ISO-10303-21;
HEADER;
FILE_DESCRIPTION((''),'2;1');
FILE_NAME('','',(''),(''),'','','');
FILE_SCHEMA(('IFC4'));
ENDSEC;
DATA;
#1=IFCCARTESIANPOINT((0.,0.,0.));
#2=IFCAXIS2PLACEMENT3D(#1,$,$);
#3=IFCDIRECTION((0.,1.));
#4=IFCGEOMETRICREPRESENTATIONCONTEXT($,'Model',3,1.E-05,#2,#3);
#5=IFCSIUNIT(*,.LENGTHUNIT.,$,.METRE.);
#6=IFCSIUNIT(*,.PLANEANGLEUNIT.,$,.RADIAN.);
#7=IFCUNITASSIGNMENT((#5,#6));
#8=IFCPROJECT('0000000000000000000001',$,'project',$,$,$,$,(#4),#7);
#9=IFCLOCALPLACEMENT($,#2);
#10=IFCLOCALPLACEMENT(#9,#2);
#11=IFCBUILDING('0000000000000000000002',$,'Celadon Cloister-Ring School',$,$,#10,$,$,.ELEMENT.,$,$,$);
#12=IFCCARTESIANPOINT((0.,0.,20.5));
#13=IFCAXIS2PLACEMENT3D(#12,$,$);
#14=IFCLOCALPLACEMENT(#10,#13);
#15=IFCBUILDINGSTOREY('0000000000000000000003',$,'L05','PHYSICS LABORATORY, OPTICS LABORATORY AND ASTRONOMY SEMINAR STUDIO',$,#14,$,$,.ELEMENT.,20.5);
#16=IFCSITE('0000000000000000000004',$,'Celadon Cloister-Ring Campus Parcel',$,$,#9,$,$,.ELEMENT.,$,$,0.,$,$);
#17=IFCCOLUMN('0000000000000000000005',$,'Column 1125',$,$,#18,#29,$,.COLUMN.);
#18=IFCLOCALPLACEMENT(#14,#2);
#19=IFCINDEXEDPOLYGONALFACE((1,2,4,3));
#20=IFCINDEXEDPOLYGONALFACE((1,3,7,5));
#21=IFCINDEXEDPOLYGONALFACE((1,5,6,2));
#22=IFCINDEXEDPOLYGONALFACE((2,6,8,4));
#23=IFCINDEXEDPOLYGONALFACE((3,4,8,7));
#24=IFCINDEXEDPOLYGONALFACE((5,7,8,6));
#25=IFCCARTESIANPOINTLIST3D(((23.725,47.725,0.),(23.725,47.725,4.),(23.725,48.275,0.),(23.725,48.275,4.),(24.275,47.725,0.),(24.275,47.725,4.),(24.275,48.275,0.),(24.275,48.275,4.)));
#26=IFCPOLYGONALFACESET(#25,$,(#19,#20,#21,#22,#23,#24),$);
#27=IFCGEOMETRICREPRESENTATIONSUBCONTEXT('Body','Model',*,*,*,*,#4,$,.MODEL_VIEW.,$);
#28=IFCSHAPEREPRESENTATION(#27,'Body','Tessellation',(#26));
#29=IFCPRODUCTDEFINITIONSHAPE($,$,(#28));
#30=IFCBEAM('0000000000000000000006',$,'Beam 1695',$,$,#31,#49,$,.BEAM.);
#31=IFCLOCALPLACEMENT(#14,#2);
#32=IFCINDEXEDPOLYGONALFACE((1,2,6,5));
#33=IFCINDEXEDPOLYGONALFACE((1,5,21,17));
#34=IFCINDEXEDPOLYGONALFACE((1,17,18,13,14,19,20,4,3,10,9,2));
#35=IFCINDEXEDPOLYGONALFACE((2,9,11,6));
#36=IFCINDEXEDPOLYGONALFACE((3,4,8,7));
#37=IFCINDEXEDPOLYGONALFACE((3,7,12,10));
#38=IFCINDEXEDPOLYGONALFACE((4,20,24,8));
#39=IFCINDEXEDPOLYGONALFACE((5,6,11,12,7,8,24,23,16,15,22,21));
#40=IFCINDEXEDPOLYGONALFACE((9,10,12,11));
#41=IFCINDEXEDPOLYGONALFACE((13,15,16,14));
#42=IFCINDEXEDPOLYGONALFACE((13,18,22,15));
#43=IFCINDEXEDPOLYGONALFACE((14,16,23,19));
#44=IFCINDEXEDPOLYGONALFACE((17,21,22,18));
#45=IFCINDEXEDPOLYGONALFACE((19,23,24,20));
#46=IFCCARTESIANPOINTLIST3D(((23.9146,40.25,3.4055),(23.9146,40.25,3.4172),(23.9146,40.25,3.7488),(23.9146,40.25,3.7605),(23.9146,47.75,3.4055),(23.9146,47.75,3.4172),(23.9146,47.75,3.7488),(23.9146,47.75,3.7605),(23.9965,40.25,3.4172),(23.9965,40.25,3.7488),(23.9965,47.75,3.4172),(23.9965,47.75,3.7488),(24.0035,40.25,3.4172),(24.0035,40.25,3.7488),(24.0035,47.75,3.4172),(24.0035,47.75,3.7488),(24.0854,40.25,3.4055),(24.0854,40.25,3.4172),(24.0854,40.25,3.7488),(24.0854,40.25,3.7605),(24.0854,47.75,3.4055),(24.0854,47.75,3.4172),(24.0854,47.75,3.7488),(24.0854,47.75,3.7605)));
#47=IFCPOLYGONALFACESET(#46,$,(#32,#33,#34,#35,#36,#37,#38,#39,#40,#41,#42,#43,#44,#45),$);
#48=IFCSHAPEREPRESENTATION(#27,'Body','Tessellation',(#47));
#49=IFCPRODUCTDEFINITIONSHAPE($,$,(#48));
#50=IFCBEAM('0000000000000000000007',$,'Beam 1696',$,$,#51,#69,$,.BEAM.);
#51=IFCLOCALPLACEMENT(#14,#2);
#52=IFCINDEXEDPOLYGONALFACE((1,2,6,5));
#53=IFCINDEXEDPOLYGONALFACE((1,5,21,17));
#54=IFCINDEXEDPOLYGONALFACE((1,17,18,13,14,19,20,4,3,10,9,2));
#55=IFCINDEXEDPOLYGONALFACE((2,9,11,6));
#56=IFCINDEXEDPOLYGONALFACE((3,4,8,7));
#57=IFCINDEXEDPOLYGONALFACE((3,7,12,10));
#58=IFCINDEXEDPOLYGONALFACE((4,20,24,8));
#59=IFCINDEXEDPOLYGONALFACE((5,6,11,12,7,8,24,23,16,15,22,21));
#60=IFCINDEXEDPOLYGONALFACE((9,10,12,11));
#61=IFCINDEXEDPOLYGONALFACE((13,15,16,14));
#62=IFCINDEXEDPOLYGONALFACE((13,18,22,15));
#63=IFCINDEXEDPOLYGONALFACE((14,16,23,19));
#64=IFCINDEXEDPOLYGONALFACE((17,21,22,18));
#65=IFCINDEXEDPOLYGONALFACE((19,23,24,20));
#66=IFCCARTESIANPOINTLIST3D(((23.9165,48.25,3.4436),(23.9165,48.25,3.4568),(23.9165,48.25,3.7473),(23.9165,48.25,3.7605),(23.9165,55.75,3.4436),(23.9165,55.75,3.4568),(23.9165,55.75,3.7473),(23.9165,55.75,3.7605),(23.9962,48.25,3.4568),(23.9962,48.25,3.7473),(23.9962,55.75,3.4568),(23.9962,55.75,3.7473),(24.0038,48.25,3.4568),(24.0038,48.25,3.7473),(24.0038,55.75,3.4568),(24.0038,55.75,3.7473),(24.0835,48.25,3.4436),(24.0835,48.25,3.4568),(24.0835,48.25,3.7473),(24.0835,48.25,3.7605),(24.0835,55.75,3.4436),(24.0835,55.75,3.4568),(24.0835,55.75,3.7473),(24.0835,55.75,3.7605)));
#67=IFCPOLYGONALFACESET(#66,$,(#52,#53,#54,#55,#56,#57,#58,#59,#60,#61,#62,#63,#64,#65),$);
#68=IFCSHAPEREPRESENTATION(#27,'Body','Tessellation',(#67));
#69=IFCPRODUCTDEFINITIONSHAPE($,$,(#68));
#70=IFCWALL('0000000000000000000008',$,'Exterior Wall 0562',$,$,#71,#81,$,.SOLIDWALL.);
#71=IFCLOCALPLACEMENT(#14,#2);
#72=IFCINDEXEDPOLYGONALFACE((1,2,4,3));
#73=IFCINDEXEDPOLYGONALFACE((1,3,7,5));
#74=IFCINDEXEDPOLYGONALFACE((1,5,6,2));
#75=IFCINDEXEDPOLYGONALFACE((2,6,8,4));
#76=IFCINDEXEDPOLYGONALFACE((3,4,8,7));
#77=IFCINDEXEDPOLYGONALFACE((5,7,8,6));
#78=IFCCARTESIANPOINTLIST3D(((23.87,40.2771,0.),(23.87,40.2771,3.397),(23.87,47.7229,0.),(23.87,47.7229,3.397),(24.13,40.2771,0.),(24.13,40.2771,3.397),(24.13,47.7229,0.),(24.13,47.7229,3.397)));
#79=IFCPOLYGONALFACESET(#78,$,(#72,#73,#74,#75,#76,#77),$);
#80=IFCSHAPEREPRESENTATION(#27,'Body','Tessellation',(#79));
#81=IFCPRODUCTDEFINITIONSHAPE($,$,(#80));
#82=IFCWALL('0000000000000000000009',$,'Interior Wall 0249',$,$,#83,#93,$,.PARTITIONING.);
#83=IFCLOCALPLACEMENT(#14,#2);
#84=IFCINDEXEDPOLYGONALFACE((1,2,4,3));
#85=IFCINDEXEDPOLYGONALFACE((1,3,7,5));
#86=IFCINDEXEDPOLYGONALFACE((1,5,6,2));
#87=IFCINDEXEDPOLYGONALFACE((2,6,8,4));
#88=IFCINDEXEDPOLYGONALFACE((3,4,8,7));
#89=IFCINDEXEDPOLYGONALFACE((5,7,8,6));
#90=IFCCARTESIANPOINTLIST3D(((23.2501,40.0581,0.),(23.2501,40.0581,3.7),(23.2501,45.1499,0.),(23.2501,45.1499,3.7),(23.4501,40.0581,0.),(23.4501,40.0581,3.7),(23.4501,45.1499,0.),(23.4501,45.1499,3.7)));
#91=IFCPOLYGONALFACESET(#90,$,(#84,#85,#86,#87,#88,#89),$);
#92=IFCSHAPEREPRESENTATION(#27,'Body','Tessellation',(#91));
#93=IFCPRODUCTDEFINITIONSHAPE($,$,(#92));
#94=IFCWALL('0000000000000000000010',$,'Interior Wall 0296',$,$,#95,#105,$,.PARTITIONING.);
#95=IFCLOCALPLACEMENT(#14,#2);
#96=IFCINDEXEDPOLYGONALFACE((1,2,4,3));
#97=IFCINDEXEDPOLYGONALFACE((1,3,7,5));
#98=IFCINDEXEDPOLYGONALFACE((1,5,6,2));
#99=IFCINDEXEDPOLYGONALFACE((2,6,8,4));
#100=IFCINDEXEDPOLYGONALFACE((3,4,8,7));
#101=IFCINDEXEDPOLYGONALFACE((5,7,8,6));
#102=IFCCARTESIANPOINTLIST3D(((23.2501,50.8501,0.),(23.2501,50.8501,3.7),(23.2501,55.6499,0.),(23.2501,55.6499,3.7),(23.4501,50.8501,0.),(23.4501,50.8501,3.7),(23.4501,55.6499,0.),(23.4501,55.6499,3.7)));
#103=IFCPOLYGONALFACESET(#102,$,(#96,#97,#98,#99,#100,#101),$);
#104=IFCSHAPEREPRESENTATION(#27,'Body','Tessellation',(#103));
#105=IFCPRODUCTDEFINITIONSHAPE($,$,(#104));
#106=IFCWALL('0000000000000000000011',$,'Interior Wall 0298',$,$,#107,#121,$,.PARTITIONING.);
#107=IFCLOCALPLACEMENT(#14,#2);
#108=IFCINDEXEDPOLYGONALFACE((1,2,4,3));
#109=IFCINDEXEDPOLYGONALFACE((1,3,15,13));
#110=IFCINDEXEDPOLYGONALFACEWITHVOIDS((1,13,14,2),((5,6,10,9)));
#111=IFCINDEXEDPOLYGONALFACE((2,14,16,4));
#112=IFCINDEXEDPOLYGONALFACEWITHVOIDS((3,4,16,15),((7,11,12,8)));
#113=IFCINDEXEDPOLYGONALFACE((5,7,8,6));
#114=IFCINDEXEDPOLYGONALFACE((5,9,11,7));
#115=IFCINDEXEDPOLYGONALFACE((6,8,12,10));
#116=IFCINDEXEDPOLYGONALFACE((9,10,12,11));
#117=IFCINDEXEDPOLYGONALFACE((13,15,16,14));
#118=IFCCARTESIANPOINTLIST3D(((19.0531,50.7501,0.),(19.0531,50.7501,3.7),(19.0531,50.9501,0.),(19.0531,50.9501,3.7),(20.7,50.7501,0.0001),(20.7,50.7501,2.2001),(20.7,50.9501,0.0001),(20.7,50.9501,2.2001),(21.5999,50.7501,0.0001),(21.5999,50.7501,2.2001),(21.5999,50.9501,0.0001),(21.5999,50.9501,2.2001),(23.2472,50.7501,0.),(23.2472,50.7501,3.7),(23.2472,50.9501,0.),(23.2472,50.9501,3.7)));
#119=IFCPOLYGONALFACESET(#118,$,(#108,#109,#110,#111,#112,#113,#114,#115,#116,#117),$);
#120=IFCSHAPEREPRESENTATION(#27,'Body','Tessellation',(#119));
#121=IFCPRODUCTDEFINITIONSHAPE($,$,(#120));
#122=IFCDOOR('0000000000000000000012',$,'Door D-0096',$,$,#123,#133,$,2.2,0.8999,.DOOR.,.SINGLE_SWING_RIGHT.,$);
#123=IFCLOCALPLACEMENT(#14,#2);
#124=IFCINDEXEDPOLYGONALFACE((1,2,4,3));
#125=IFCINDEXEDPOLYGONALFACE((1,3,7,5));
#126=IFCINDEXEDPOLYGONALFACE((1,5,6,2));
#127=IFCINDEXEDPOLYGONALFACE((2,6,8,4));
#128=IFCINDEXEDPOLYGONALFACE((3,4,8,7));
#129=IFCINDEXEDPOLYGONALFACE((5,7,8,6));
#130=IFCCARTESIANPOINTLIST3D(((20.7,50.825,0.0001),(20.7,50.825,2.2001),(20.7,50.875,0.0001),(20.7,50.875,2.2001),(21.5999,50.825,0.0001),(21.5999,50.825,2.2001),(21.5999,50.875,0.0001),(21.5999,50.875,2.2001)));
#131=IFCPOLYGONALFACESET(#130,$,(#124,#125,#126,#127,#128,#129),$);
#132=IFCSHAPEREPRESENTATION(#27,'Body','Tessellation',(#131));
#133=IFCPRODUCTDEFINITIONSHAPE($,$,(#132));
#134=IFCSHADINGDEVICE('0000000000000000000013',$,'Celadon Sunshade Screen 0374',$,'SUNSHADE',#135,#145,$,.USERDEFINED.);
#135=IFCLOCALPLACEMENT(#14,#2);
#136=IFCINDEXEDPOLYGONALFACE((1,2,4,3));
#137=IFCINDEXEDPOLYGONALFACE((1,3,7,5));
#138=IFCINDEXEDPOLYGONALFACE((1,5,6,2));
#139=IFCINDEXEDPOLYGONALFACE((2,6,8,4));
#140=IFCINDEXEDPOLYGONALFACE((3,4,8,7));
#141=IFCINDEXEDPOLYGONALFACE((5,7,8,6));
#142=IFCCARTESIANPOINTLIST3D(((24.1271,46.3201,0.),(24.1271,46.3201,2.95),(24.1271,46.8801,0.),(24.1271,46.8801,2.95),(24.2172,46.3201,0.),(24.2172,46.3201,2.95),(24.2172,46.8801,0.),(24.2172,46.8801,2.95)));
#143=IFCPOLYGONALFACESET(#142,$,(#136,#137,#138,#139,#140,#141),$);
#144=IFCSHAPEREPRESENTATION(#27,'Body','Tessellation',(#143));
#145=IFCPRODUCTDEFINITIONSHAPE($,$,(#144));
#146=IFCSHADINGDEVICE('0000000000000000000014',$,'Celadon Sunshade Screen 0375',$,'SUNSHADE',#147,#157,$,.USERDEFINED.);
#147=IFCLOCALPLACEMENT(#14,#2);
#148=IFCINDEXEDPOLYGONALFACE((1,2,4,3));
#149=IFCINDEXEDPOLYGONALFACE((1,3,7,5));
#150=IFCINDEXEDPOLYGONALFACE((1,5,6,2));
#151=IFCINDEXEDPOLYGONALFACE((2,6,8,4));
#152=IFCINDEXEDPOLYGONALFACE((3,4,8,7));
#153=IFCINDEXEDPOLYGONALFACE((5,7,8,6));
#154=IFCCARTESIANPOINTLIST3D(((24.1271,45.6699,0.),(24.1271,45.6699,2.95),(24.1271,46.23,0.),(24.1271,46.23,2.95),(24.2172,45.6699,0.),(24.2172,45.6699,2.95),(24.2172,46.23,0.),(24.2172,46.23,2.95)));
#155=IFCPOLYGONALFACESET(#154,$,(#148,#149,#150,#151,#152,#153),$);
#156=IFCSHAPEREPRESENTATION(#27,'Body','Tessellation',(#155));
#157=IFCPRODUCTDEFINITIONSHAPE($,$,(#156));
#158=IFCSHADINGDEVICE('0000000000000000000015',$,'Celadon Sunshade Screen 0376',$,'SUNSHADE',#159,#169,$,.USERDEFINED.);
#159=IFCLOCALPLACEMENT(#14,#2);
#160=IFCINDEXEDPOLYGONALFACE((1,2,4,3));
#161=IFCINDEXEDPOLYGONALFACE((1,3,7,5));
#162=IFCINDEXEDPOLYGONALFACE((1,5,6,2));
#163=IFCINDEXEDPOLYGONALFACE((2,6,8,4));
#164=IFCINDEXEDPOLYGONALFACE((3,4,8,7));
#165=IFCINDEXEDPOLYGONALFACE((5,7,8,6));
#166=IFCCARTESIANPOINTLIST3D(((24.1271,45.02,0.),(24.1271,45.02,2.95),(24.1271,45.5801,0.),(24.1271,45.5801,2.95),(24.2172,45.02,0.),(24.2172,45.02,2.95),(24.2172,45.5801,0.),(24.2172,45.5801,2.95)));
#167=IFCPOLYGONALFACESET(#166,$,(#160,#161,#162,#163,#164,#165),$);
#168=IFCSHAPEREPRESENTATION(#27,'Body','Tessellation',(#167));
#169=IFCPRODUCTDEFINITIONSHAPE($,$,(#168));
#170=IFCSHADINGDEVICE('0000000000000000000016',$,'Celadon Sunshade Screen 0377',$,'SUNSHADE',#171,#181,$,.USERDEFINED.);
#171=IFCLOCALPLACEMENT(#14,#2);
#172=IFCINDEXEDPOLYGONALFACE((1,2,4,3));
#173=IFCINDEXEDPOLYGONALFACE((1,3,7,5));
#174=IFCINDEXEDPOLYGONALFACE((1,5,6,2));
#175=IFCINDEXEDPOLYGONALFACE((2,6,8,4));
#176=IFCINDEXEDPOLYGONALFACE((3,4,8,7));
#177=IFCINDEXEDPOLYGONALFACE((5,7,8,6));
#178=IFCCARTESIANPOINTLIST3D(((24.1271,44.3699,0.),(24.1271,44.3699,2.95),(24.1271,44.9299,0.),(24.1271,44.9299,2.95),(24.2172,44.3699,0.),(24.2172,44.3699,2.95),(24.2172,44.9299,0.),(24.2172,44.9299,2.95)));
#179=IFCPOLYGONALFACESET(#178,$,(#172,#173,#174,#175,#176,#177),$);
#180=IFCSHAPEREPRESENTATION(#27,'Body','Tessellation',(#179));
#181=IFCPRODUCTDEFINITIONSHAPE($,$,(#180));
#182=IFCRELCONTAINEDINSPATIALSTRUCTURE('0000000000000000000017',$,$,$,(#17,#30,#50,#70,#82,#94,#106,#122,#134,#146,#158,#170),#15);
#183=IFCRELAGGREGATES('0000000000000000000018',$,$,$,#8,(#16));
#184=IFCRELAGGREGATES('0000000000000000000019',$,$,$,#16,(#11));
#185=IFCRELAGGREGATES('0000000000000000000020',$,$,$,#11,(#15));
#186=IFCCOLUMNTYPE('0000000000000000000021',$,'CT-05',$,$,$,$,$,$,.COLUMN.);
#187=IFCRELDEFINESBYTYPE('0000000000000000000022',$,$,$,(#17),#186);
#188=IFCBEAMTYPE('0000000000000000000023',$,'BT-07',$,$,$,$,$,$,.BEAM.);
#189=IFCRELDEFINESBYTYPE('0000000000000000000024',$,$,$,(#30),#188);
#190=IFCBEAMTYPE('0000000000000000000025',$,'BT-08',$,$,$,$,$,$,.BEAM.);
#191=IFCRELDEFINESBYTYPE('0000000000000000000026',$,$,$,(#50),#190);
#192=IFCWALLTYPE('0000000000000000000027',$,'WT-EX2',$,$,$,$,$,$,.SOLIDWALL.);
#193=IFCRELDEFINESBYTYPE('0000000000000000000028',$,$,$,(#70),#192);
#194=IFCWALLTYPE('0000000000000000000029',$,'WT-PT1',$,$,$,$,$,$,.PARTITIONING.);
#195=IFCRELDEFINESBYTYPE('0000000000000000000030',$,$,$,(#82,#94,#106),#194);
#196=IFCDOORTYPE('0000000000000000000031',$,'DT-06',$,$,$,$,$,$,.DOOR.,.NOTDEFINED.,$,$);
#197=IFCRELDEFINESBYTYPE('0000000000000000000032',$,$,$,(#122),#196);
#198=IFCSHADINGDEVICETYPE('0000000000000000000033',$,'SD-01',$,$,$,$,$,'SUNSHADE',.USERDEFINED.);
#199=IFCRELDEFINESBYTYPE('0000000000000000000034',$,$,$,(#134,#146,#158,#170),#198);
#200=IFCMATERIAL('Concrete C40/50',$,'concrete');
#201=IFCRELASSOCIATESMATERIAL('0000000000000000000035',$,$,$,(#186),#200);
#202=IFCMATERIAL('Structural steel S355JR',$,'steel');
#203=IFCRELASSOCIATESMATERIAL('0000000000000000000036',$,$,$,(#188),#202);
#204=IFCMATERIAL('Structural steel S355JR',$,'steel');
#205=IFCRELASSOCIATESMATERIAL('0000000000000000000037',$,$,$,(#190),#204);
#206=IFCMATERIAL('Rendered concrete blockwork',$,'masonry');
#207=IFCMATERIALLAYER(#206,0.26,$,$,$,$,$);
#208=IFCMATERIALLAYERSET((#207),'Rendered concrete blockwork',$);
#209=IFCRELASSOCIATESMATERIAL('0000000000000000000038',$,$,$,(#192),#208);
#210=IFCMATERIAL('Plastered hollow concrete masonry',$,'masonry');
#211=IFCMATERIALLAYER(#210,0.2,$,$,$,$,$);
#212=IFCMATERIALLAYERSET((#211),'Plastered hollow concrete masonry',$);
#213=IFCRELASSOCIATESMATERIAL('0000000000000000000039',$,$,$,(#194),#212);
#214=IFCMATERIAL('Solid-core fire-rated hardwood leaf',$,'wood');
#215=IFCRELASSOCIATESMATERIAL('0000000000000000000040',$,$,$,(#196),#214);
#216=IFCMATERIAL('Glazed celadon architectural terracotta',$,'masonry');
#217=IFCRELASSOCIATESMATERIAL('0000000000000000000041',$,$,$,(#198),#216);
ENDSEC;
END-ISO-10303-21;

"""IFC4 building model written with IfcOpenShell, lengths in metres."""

from ifc_helpers import new_model, si_unit, direction, frame, frame_2d, origin, origin_2d, place, context, subcontext, project, spatial, rectangle, i_section, extrude, material, layer, layer_set, material_profile, profile_set, type_object, element, fill, save


model = new_model("IFC4")

# Units and contexts
model_context = context("Model", 3, precision=1e-05, world=origin(), true_north=direction((0.0, 1.0)))
body_context = subcontext(model_context, "Body", "Model", "MODEL_VIEW")
ifc_project = project(units=[si_unit("LENGTHUNIT", "METRE"), si_unit("PLANEANGLEUNIT", "RADIAN")], contexts=[model_context])

# Site, building, storey
site_placement = place(None, origin())
site = spatial("IfcSite", under=ifc_project, at=site_placement, Name="Celadon Cloister-Ring Campus Parcel", CompositionType="ELEMENT", RefElevation=0.0)
building_placement = place(site_placement, origin())
building = spatial("IfcBuilding", under=site, at=building_placement, Name="Celadon Cloister-Ring School", CompositionType="ELEMENT")
storey_placement = place(building_placement, frame((0.0, 0.0, 20.5)))
storey = spatial("IfcBuildingStorey", under=building, at=storey_placement, Name="L05", Description="PHYSICS LABORATORY, OPTICS LABORATORY AND ASTRONOMY SEMINAR STUDIO", CompositionType="ELEMENT", Elevation=20.5)

# Column
ifc_material_1 = material(Name="Concrete C40/50", Category="concrete")
ifc_material_profile_1 = material_profile(ifc_material_1, rectangle(XDim=0.55, YDim=0.55, at=origin_2d()), Name="RC550X550")
ifc_profile_set_1 = profile_set([ifc_material_profile_1], Name="Concrete C40/50")
column_type = type_object("IfcColumnType", Name="CT-05", PredefinedType="COLUMN", material=ifc_profile_set_1)
column_placement = place(storey_placement, frame((24.0, 48.0, 0.0), z_axis=(0.0, 0.0, 1.0), x_axis=(1.0, 0.0, 0.0)))
element("IfcColumn", 1, at=column_placement, inside=storey, type_object=column_type, Name="Column 1125", PredefinedType="COLUMN", context=body_context, shape_type="SweptSolid", body=[
    extrude(rectangle(XDim=0.55, YDim=0.55, at=origin_2d()), origin(), (0.0, 0.0, 1.0), 4.0),
])

# Beams
ifc_material_2 = material(Name="Structural steel S355JR", Category="steel")
ifc_material_profile_2 = material_profile(ifc_material_2, i_section(OverallWidth=0.1709, OverallDepth=0.355, WebThickness=0.0071, FlangeThickness=0.0117, at=origin_2d()), Name="W360X51")
ifc_profile_set_2 = profile_set([ifc_material_profile_2], Name="Structural steel S355JR")
beam_type_1 = type_object("IfcBeamType", Name="BT-07", PredefinedType="BEAM", material=ifc_profile_set_2)
beam_1_placement = place(storey_placement, frame((24.0, 40.25, 3.583), z_axis=(0.0, 1.0, 0.0), x_axis=(-1.0, 0.0, 0.0)))
element("IfcBeam", 2, at=beam_1_placement, inside=storey, type_object=beam_type_1, Name="Beam 1695", PredefinedType="BEAM", context=body_context, shape_type="SweptSolid", body=[
    extrude(i_section(OverallWidth=0.1709, OverallDepth=0.355, WebThickness=0.0071, FlangeThickness=0.0117, at=origin_2d()), origin(), (0.0, 0.0, 1.0), 7.5),
])
ifc_material_3 = material(Name="Structural steel S355JR", Category="steel")
ifc_material_profile_3 = material_profile(ifc_material_3, i_section(OverallWidth=0.167, OverallDepth=0.3169, WebThickness=0.0076, FlangeThickness=0.0132, at=origin_2d()), Name="W310X52")
ifc_profile_set_3 = profile_set([ifc_material_profile_3], Name="Structural steel S355JR")
beam_type_2 = type_object("IfcBeamType", Name="BT-08", PredefinedType="BEAM", material=ifc_profile_set_3)
beam_2_placement = place(storey_placement, frame((24.0, 48.25, 3.6021), z_axis=(0.0, 1.0, 0.0), x_axis=(-1.0, 0.0, 0.0)))
element("IfcBeam", 3, at=beam_2_placement, inside=storey, type_object=beam_type_2, Name="Beam 1696", PredefinedType="BEAM", context=body_context, shape_type="SweptSolid", body=[
    extrude(i_section(OverallWidth=0.167, OverallDepth=0.3169, WebThickness=0.0076, FlangeThickness=0.0132, at=origin_2d()), origin(), (0.0, 0.0, 1.0), 7.5),
])

# Walls
ifc_material_4 = material(Name="Rendered concrete blockwork", Category="masonry")
ifc_layer_1 = layer(ifc_material_4, 0.26)
ifc_layer_set_1 = layer_set([ifc_layer_1], Name="Rendered concrete blockwork")
wall_type_1 = type_object("IfcWallType", Name="WT-EX2", PredefinedType="SOLIDWALL", material=ifc_layer_set_1)
wall_1_placement = place(storey_placement, frame((24.0, 47.7229, 0.0), z_axis=(0.0, 0.0, 1.0), x_axis=(0.0, -1.0, 0.0)))
element("IfcWall", 4, at=wall_1_placement, inside=storey, type_object=wall_type_1, Name="Exterior Wall 0562", PredefinedType="SOLIDWALL", context=body_context, shape_type="SweptSolid", body=[
    extrude(rectangle(XDim=7.4458, YDim=0.26, at=frame_2d((3.7229, 0.0))), origin(), (0.0, 0.0, 1.0), 3.397),
])
ifc_material_5 = material(Name="Plastered hollow concrete masonry", Category="masonry")
ifc_layer_2 = layer(ifc_material_5, 0.2)
ifc_layer_set_2 = layer_set([ifc_layer_2], Name="Plastered hollow concrete masonry")
wall_type_2 = type_object("IfcWallType", Name="WT-PT1", PredefinedType="PARTITIONING", material=ifc_layer_set_2)
wall_2_placement = place(storey_placement, frame((23.3501, 40.0581, 0.0), z_axis=(0.0, 0.0, 1.0), x_axis=(0.0, 1.0, 0.0)))
element("IfcWall", 5, at=wall_2_placement, inside=storey, type_object=wall_type_2, Name="Interior Wall 0249", PredefinedType="PARTITIONING", context=body_context, shape_type="SweptSolid", body=[
    extrude(rectangle(XDim=5.0918, YDim=0.2, at=frame_2d((2.5459, 0.0))), origin(), (0.0, 0.0, 1.0), 3.7),
])
wall_3_placement = place(storey_placement, frame((23.3501, 50.8501, 0.0), z_axis=(0.0, 0.0, 1.0), x_axis=(0.0, 1.0, 0.0)))
element("IfcWall", 6, at=wall_3_placement, inside=storey, type_object=wall_type_2, Name="Interior Wall 0296", PredefinedType="PARTITIONING", context=body_context, shape_type="SweptSolid", body=[
    extrude(rectangle(XDim=4.7998, YDim=0.2, at=frame_2d((2.3999, 0.0))), origin(), (0.0, 0.0, 1.0), 3.7),
])

# Wall, opening, door
wall_4_placement = place(storey_placement, frame((19.053, 50.8501, 0.0), z_axis=(0.0, 0.0, 1.0), x_axis=(1.0, 0.0, 0.0)))
wall_4 = element("IfcWall", 7, at=wall_4_placement, inside=storey, type_object=wall_type_2, Name="Interior Wall 0298", PredefinedType="PARTITIONING", context=body_context, shape_type="SweptSolid", body=[
    extrude(rectangle(XDim=4.1941, YDim=0.2, at=frame_2d((2.0972, 0.0))), origin(), (0.0, 0.0, 1.0), 3.7),
])
opening_placement = place(wall_4_placement, frame((1.647, 0.0, 0.0)))
opening = element("IfcOpeningElement", 8, at=opening_placement, cuts=wall_4, PredefinedType="OPENING", context=body_context, shape_type="SweptSolid", body=[
    extrude(rectangle(XDim=0.8999, YDim=2.2, at=frame_2d((0.45, 1.1001))), frame((0.0, 0.1099, 0.0), z_axis=(0.0, -1.0, 0.0), x_axis=(1.0, 0.0, 0.0)), (0.0, 0.0, 1.0), 0.22),
])
ifc_material_6 = material(Name="Solid-core fire-rated hardwood leaf", Category="wood")
door_type = type_object("IfcDoorType", Name="DT-06", OperationType="NOTDEFINED", PredefinedType="DOOR", material=ifc_material_6)
door_placement = place(opening_placement, origin())
door = element("IfcDoor", 9, at=door_placement, inside=storey, type_object=door_type, Name="Door D-0096", OperationType="SINGLE_SWING_RIGHT", OverallHeight=2.2, OverallWidth=0.8999, PredefinedType="DOOR", context=body_context, shape_type="SweptSolid", body=[
    extrude(rectangle(XDim=0.8999, YDim=2.2, at=frame_2d((0.45, 1.1001))), frame((0.0, 0.0249, 0.0), z_axis=(0.0, -1.0, 0.0), x_axis=(1.0, 0.0, 0.0)), (0.0, 0.0, 1.0), 0.05),
])
fill(opening, door)

# Shading devices
ifc_material_7 = material(Name="Glazed celadon architectural terracotta", Category="masonry")
shading_device_type = type_object("IfcShadingDeviceType", Name="SD-01", ElementType="SUNSHADE", PredefinedType="USERDEFINED", material=ifc_material_7)
for number, where, z_axis, x_axis, name in (
    (10, (24.1721, 46.6001, 0.0), (0.0, 0.0, 1.0), (0.0, -1.0, 0.0), "Celadon Sunshade Screen 0374"),
    (11, (24.1721, 45.95, 0.0), (0.0, 0.0, 1.0), (0.0, -1.0, 0.0), "Celadon Sunshade Screen 0375"),
    (12, (24.1721, 45.3, 0.0), (0.0, 0.0, 1.0), (0.0, -1.0, 0.0), "Celadon Sunshade Screen 0376"),
    (13, (24.1721, 44.6499, 0.0), (0.0, 0.0, 1.0), (0.0, -1.0, 0.0), "Celadon Sunshade Screen 0377"),
):
    element("IfcShadingDevice", number, at=place(storey_placement, frame(where, z_axis=z_axis, x_axis=x_axis)), inside=storey, type_object=shading_device_type, Name=name, ObjectType="SUNSHADE", PredefinedType="USERDEFINED", context=body_context, shape_type="SweptSolid", body=[
        extrude(rectangle(XDim=0.5601, YDim=0.0901, at=origin_2d()), origin(), (0.0, 0.0, 1.0), 2.95),
    ])

save(model, "model.ifc")
